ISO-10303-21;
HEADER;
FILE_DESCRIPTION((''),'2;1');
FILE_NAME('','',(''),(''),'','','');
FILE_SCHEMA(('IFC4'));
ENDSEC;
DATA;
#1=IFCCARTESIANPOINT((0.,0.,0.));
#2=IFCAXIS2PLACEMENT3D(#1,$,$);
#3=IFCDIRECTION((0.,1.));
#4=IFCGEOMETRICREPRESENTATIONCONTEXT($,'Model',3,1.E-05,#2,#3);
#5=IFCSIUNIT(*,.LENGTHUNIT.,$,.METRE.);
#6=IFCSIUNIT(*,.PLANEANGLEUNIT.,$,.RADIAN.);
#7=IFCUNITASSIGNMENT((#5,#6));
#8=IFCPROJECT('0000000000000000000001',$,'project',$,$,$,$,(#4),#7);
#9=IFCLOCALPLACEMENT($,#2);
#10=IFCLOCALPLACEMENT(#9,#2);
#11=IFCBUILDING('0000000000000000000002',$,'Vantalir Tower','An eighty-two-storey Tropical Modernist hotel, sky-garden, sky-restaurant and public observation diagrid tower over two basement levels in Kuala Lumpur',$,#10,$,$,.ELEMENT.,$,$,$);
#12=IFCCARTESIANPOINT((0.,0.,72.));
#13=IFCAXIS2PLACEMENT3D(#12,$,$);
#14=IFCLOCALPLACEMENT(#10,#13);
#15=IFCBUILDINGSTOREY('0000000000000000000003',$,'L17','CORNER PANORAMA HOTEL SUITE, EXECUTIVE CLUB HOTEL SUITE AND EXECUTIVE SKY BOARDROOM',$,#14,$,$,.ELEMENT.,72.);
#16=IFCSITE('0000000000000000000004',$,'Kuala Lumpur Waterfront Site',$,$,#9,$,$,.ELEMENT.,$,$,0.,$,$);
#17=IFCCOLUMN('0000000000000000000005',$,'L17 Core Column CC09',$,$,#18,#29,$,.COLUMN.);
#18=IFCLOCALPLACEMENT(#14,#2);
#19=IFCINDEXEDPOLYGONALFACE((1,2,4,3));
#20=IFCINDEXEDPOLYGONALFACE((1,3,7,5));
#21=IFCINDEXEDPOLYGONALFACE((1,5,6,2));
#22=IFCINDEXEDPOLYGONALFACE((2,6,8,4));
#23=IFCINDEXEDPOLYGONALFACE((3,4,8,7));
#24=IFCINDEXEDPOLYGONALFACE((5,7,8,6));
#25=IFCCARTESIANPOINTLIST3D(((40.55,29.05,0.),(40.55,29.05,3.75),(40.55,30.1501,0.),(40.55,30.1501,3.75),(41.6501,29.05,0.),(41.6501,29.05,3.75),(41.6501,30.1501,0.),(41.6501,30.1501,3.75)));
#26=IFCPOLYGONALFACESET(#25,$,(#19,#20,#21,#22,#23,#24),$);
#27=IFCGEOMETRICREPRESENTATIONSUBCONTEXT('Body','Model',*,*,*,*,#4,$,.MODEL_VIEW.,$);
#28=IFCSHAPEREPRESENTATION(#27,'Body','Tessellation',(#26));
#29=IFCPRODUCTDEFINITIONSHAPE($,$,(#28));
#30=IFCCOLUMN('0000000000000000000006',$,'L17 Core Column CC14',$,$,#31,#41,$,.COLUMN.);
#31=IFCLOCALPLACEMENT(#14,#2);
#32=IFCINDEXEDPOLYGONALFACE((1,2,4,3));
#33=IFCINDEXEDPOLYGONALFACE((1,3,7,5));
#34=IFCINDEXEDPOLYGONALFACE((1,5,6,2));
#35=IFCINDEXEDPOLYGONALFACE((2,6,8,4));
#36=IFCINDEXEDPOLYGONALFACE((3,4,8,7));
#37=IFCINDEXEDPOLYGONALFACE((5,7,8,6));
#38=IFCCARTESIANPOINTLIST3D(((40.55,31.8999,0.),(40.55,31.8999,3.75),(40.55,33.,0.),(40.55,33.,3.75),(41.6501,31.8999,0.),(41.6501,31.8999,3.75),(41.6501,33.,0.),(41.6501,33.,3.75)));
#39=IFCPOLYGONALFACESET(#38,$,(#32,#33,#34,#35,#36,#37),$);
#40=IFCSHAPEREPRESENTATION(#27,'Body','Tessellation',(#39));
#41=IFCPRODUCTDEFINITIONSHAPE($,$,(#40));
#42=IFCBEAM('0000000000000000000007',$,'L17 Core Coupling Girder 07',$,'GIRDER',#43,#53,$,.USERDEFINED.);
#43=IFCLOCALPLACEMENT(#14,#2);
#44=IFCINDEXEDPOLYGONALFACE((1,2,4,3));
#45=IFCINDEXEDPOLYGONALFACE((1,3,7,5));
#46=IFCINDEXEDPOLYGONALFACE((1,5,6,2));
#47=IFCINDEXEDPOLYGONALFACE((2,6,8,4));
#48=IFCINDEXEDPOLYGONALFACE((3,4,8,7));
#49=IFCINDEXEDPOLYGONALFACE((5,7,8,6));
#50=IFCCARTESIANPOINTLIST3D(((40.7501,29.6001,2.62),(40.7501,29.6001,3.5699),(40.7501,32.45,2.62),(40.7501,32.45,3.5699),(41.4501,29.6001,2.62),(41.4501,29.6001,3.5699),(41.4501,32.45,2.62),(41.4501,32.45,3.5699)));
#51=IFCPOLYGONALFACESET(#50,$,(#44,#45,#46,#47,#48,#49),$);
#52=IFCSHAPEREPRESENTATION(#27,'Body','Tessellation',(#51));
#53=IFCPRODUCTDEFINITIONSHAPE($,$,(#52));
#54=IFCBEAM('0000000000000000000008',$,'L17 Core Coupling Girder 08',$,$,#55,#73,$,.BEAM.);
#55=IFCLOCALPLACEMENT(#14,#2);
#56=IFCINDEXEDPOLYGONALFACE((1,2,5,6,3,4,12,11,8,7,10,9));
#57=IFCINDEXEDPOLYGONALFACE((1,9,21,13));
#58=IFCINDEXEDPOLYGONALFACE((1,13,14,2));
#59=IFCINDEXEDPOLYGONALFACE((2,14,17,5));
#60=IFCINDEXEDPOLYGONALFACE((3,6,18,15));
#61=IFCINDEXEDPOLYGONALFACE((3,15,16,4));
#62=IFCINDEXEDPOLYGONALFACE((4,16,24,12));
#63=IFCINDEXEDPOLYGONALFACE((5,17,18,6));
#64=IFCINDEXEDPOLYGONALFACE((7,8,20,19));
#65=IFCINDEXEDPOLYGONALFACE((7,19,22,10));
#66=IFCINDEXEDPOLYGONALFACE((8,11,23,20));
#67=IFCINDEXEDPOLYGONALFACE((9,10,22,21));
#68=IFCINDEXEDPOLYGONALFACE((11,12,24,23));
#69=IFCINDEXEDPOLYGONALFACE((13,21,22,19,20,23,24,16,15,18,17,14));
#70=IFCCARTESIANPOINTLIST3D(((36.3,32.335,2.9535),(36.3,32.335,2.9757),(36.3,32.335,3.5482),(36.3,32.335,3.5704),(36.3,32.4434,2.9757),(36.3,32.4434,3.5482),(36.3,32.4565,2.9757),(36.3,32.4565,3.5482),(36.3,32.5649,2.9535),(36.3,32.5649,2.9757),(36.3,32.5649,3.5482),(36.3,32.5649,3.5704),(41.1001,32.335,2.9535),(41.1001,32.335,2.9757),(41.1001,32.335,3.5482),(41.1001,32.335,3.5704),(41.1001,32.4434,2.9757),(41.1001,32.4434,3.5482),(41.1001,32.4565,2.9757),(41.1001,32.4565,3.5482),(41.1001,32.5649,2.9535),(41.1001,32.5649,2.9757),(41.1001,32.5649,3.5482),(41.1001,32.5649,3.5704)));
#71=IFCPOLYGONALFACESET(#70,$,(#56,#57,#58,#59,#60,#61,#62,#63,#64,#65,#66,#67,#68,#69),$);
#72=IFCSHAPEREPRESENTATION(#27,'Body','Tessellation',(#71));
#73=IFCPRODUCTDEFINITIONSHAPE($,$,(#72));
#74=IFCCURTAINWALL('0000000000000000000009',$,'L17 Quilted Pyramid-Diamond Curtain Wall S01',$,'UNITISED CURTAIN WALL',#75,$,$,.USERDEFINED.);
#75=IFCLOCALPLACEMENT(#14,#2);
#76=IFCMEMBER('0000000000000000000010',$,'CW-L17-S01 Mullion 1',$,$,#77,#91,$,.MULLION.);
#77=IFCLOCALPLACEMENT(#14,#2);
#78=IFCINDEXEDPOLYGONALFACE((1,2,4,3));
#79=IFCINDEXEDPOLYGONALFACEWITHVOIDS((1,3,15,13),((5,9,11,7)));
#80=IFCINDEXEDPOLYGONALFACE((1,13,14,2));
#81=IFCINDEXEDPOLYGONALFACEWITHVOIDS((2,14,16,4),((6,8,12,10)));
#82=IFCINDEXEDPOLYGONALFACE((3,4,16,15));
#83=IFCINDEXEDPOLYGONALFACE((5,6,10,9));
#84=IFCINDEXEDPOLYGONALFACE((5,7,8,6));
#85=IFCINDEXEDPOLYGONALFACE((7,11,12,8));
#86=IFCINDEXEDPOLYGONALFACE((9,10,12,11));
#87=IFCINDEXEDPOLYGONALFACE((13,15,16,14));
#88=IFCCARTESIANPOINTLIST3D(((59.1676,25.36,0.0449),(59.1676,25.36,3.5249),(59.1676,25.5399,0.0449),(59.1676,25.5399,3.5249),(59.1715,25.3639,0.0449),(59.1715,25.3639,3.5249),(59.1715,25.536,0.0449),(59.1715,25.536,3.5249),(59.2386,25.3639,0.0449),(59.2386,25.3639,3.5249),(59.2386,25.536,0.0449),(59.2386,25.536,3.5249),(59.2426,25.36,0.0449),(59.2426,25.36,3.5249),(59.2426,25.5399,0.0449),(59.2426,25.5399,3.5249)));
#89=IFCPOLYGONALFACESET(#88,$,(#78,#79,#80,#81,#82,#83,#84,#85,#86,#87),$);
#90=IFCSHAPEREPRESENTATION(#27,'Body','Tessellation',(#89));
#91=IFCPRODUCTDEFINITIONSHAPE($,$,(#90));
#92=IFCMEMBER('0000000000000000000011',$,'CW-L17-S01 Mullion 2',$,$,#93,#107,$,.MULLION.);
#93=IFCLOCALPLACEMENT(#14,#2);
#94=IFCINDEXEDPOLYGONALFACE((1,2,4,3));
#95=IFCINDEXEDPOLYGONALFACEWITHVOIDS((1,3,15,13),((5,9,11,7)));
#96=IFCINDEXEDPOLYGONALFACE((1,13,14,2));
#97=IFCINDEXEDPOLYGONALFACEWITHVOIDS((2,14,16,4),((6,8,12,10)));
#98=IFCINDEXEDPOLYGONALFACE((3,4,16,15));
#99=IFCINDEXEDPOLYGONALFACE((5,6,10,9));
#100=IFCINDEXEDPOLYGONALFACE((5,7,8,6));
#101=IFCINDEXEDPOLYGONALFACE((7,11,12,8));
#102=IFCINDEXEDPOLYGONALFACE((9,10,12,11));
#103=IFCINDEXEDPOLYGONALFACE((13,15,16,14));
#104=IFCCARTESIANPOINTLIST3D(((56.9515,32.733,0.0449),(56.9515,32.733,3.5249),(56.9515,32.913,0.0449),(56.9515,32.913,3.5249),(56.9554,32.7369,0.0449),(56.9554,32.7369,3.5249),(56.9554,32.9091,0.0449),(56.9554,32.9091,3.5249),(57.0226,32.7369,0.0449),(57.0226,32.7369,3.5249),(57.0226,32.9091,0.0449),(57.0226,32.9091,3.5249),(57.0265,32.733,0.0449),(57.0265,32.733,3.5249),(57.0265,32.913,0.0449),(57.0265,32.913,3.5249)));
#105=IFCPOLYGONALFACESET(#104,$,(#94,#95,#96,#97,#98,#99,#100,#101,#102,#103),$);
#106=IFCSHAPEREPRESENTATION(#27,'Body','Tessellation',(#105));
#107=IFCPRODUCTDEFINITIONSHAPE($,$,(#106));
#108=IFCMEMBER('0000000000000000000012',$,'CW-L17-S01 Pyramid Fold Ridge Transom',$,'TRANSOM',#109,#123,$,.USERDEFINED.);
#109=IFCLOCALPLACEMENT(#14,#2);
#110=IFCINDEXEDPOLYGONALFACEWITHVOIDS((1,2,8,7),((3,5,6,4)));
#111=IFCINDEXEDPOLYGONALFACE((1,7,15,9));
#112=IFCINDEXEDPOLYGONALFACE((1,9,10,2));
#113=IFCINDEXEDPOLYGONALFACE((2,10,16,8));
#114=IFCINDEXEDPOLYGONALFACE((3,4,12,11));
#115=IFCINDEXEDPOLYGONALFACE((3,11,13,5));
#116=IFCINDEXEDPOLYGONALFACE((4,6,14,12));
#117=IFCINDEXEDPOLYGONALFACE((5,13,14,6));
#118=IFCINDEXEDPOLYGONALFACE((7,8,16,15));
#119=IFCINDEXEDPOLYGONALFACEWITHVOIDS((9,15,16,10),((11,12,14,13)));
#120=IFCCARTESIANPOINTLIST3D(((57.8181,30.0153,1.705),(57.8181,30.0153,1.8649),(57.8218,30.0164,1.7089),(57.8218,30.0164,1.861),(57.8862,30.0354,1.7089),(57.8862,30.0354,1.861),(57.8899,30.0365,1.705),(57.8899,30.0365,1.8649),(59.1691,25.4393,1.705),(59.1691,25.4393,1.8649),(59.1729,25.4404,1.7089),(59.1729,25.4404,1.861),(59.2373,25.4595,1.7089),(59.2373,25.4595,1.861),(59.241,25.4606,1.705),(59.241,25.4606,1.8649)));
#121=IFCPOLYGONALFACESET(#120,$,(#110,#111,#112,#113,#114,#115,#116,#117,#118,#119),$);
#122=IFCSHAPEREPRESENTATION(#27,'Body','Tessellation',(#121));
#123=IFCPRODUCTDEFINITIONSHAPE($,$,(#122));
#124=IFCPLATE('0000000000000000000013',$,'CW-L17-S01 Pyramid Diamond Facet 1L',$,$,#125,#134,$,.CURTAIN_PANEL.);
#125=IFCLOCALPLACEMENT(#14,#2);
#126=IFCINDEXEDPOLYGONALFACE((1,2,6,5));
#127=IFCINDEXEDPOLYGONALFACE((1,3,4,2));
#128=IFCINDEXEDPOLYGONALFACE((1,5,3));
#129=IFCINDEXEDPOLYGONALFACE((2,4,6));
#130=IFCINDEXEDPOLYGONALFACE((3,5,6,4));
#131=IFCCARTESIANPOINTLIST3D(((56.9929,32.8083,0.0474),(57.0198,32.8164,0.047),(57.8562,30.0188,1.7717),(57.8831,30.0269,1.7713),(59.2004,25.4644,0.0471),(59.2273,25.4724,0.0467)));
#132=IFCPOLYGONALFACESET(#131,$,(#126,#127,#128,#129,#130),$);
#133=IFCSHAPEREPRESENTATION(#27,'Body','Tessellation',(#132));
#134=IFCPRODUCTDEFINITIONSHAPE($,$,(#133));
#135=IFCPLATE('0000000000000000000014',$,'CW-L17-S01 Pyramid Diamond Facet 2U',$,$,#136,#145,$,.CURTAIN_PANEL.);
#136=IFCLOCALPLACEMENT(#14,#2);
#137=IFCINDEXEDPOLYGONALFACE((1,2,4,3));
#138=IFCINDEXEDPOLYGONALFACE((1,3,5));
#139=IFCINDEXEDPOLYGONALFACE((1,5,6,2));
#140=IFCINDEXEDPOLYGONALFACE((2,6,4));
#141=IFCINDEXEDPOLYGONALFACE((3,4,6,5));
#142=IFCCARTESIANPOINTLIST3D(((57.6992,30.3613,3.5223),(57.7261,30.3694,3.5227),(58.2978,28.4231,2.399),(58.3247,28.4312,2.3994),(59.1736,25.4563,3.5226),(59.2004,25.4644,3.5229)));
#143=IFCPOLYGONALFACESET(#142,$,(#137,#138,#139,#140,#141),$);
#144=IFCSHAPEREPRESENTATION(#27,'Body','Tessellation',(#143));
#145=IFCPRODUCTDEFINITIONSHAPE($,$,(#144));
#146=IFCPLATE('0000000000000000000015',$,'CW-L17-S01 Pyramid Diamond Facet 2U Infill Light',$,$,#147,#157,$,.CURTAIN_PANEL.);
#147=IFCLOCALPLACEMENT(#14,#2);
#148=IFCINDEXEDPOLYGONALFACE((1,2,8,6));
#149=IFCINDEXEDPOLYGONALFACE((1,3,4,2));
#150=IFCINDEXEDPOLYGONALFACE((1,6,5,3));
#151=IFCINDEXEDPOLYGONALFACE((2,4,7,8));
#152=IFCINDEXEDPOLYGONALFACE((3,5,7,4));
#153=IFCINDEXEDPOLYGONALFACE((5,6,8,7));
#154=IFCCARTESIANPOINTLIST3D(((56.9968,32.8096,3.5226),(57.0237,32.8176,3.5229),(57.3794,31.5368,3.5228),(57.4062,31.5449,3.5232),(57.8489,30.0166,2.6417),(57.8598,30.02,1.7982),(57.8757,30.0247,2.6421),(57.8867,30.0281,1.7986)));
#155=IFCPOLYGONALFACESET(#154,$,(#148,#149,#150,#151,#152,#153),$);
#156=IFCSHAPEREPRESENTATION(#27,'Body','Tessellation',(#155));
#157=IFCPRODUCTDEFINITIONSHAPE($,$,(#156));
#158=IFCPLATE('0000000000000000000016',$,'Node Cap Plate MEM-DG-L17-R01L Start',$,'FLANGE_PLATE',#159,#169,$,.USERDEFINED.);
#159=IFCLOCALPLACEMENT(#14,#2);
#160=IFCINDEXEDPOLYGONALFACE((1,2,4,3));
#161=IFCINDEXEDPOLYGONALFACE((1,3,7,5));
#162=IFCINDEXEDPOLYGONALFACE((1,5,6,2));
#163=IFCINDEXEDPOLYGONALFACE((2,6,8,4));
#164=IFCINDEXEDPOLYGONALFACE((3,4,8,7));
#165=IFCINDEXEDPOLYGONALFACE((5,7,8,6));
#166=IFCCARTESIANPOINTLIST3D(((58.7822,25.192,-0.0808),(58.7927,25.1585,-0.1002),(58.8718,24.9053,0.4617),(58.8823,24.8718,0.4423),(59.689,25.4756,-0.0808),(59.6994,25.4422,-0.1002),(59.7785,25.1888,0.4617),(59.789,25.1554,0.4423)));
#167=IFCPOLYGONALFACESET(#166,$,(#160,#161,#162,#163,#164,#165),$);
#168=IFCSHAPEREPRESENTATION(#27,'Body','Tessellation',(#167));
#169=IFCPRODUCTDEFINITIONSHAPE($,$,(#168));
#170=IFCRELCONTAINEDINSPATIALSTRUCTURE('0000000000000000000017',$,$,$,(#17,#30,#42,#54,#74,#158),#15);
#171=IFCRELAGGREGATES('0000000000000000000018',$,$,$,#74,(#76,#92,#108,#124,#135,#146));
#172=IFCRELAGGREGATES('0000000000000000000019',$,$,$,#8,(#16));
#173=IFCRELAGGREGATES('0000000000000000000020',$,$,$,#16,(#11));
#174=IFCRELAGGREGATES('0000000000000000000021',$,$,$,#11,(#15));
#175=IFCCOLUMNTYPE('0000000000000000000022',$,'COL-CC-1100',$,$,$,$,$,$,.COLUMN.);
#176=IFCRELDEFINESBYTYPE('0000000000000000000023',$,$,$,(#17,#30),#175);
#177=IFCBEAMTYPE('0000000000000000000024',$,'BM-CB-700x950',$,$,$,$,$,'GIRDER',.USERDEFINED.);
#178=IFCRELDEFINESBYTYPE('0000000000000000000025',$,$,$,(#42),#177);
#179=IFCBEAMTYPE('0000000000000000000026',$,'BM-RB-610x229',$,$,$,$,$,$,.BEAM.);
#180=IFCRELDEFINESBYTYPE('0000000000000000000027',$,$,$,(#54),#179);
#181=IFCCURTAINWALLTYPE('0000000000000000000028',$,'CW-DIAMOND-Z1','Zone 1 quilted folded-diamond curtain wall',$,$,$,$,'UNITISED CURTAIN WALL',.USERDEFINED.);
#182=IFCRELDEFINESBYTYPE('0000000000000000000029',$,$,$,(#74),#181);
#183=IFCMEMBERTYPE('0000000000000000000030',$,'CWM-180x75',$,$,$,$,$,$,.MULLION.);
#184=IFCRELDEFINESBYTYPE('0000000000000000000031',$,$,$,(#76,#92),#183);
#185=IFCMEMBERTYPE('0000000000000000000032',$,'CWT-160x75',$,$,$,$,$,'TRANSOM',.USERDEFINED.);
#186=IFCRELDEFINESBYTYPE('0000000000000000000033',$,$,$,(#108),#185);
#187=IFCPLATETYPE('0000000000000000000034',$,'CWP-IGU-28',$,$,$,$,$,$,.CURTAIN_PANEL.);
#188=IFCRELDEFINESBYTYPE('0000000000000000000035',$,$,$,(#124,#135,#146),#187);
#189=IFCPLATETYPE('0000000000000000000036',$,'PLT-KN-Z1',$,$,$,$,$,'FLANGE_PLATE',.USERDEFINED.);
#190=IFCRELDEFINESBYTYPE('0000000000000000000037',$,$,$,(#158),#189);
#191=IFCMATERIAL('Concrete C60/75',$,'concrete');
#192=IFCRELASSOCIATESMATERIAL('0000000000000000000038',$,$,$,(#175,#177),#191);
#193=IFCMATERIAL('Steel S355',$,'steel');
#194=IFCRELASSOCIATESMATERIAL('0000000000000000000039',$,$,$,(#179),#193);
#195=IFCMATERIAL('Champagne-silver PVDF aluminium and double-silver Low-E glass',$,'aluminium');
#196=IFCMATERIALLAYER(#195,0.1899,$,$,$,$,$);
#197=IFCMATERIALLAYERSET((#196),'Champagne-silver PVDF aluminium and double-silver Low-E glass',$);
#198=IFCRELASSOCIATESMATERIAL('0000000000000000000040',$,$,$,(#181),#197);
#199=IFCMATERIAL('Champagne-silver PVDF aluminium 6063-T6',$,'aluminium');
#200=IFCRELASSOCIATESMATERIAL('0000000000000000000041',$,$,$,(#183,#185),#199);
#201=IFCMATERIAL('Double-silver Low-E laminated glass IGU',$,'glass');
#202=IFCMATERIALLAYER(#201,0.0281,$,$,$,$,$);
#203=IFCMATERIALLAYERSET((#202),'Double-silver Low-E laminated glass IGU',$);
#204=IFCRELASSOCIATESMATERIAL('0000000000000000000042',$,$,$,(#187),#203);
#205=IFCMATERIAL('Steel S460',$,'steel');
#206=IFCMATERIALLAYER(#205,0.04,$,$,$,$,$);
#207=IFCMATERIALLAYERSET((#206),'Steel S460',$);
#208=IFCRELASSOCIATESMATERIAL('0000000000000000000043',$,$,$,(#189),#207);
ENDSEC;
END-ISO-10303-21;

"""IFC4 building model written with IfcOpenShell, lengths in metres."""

from ifc_helpers import new_model, si_unit, direction, frame, origin, origin_2d, place, context, subcontext, project, spatial, polyline, rectangle, hollow_rectangle, i_section, outline, extrude, material, layer, layer_set, material_profile, profile_set, type_object, element, aggregate, save


model = new_model("IFC4")

# Units and contexts
model_context = context("Model", 3, precision=1e-05, world=origin(), true_north=direction((0.0, 1.0)))
body_context = subcontext(model_context, "Body", "Model", "MODEL_VIEW")
ifc_project = project(units=[si_unit("LENGTHUNIT", "METRE"), si_unit("PLANEANGLEUNIT", "RADIAN")], contexts=[model_context])

# Site, building, storey
site_placement = place(None, origin())
site = spatial("IfcSite", under=ifc_project, at=site_placement, Name="Kuala Lumpur Waterfront Site", CompositionType="ELEMENT", RefElevation=0.0)
building_placement = place(site_placement, origin())
building = spatial("IfcBuilding", under=site, at=building_placement, Name="Vantalir Tower", Description="An eighty-two-storey Tropical Modernist hotel, sky-garden, sky-restaurant and public observation diagrid tower over two basement levels in Kuala Lumpur", CompositionType="ELEMENT")
storey_placement = place(building_placement, frame((0.0, 0.0, 72.0)))
storey = spatial("IfcBuildingStorey", under=building, at=storey_placement, Name="L17", Description="CORNER PANORAMA HOTEL SUITE, EXECUTIVE CLUB HOTEL SUITE AND EXECUTIVE SKY BOARDROOM", CompositionType="ELEMENT", Elevation=72.0)

# Columns
ifc_material_1 = material(Name="Concrete C60/75", Category="concrete")
ifc_material_profile_1 = material_profile(ifc_material_1, rectangle(XDim=1.1001, YDim=1.1001, at=origin_2d()), Name="Concrete C60/75")
ifc_profile_set_1 = profile_set([ifc_material_profile_1], Name="Concrete C60/75")
column_type = type_object("IfcColumnType", Name="COL-CC-1100", PredefinedType="COLUMN", material=ifc_profile_set_1)
for number, where, z_axis, x_axis, name in (
    (1, (41.1001, 29.6001, 0.0), (0.0, 0.0, 1.0), (1.0, 0.0, 0.0), "L17 Core Column CC09"),
    (2, (41.1001, 32.45, 0.0), (0.0, 0.0, 1.0), (1.0, 0.0, 0.0), "L17 Core Column CC14"),
):
    element("IfcColumn", number, at=place(storey_placement, frame(where, z_axis=z_axis, x_axis=x_axis)), inside=storey, type_object=column_type, Name=name, PredefinedType="COLUMN", context=body_context, shape_type="SweptSolid", body=[
        extrude(rectangle(XDim=1.1001, YDim=1.1001, at=origin_2d()), origin(), (0.0, 0.0, 1.0), 3.75),
    ])

# Beams
ifc_material_profile_2 = material_profile(ifc_material_1, rectangle(XDim=0.7, YDim=0.95, at=origin_2d()), Name="Concrete C60/75")
ifc_profile_set_2 = profile_set([ifc_material_profile_2], Name="Concrete C60/75")
beam_type_1 = type_object("IfcBeamType", Name="BM-CB-700x950", ElementType="GIRDER", PredefinedType="USERDEFINED", material=ifc_profile_set_2)
beam_1_placement = place(storey_placement, frame((41.1001, 29.6001, 3.095), z_axis=(0.0, 1.0, 0.0), x_axis=(-1.0, 0.0, 0.0)))
element("IfcBeam", 3, at=beam_1_placement, inside=storey, type_object=beam_type_1, Name="L17 Core Coupling Girder 07", ObjectType="GIRDER", PredefinedType="USERDEFINED", context=body_context, shape_type="SweptSolid", body=[
    extrude(rectangle(XDim=0.7, YDim=0.95, at=origin_2d()), origin(), (0.0, 0.0, 1.0), 2.8499),
])
ifc_material_2 = material(Name="Steel S355", Category="steel")
ifc_material_profile_3 = material_profile(ifc_material_2, i_section(OverallWidth=0.23, OverallDepth=0.6169, WebThickness=0.0132, FlangeThickness=0.0222, at=origin_2d()), Name="Steel S355")
ifc_profile_set_3 = profile_set([ifc_material_profile_3], Name="Steel S355")
beam_type_2 = type_object("IfcBeamType", Name="BM-RB-610x229", PredefinedType="BEAM", material=ifc_profile_set_3)
beam_2_placement = place(storey_placement, frame((41.1001, 32.45, 3.262), z_axis=(-1.0, 0.0, 0.0), x_axis=(0.0, -1.0, 0.0)))
element("IfcBeam", 4, at=beam_2_placement, inside=storey, type_object=beam_type_2, Name="L17 Core Coupling Girder 08", PredefinedType="BEAM", context=body_context, shape_type="SweptSolid", body=[
    extrude(i_section(OverallWidth=0.23, OverallDepth=0.6169, WebThickness=0.0132, FlangeThickness=0.0222, at=origin_2d()), origin(), (0.0, 0.0, 1.0), 4.8),
])

# Curtain wall, members, plates
ifc_material_3 = material(Name="Champagne-silver PVDF aluminium and double-silver Low-E glass", Category="aluminium")
ifc_layer_1 = layer(ifc_material_3, 0.1899)
ifc_layer_set_1 = layer_set([ifc_layer_1], Name="Champagne-silver PVDF aluminium and double-silver Low-E glass")
curtain_wall_type = type_object("IfcCurtainWallType", Name="CW-DIAMOND-Z1", Description="Zone 1 quilted folded-diamond curtain wall", ElementType="UNITISED CURTAIN WALL", PredefinedType="USERDEFINED", material=ifc_layer_set_1)
curtain_wall_placement = place(storey_placement, origin())
curtain_wall = element("IfcCurtainWall", 5, at=curtain_wall_placement, inside=storey, type_object=curtain_wall_type, Name="L17 Quilted Pyramid-Diamond Curtain Wall S01", ObjectType="UNITISED CURTAIN WALL", PredefinedType="USERDEFINED")
ifc_material_4 = material(Name="Champagne-silver PVDF aluminium 6063-T6", Category="aluminium")
ifc_material_profile_4 = material_profile(ifc_material_4, hollow_rectangle(XDim=0.075, YDim=0.1799, WallThickness=0.0039, at=origin_2d()), Name="Champagne-silver PVDF aluminium 6063-T6")
ifc_profile_set_4 = profile_set([ifc_material_profile_4], Name="Champagne-silver PVDF aluminium 6063-T6")
member_type_1 = type_object("IfcMemberType", Name="CWM-180x75", PredefinedType="MULLION", material=ifc_profile_set_4)
member_1_placement = place(storey_placement, frame((59.2051, 25.45, 0.0449), z_axis=(0.0, 0.0, 1.0), x_axis=(1.0, 0.0, 0.0)))
member_1 = element("IfcMember", 6, at=member_1_placement, type_object=member_type_1, Name="CW-L17-S01 Mullion 1", PredefinedType="MULLION", context=body_context, shape_type="SweptSolid", body=[
    extrude(hollow_rectangle(XDim=0.075, YDim=0.1799, WallThickness=0.0039, at=origin_2d()), origin(), (0.0, 0.0, 1.0), 3.48),
])
member_2_placement = place(storey_placement, frame((56.989, 32.823, 0.0449), z_axis=(0.0, 0.0, 1.0), x_axis=(1.0, 0.0, 0.0)))
member_2 = element("IfcMember", 7, at=member_2_placement, type_object=member_type_1, Name="CW-L17-S01 Mullion 2", PredefinedType="MULLION", context=body_context, shape_type="SweptSolid", body=[
    extrude(hollow_rectangle(XDim=0.075, YDim=0.1799, WallThickness=0.0039, at=origin_2d()), origin(), (0.0, 0.0, 1.0), 3.48),
])
ifc_material_profile_5 = material_profile(ifc_material_4, hollow_rectangle(XDim=0.075, YDim=0.1599, WallThickness=0.0039, at=origin_2d()), Name="Champagne-silver PVDF aluminium 6063-T6")
ifc_profile_set_5 = profile_set([ifc_material_profile_5], Name="Champagne-silver PVDF aluminium 6063-T6")
member_type_2 = type_object("IfcMemberType", Name="CWT-160x75", ElementType="TRANSOM", PredefinedType="USERDEFINED", material=ifc_profile_set_5)
member_3_placement = place(storey_placement, frame((59.2051, 25.45, 1.7849), z_axis=(-0.283172, 0.959069, 0.0), x_axis=(-0.959069, -0.283172, 0.0)))
member_3 = element("IfcMember", 8, at=member_3_placement, type_object=member_type_2, Name="CW-L17-S01 Pyramid Fold Ridge Transom", ObjectType="TRANSOM", PredefinedType="USERDEFINED", context=body_context, shape_type="SweptSolid", body=[
    extrude(hollow_rectangle(XDim=0.075, YDim=0.1599, WallThickness=0.0039, at=origin_2d()), origin(), (0.0, 0.0, 1.0), 4.7712),
])
ifc_material_5 = material(Name="Double-silver Low-E laminated glass IGU", Category="glass")
ifc_layer_2 = layer(ifc_material_5, 0.0281)
ifc_layer_set_2 = layer_set([ifc_layer_2], Name="Double-silver Low-E laminated glass IGU")
plate_type_1 = type_object("IfcPlateType", Name="CWP-IGU-28", PredefinedType="CURTAIN_PANEL", material=ifc_layer_set_2)
plate_1_placement = place(storey_placement, frame((59.2004, 25.4644, 0.0471), z_axis=(-0.95758, -0.287838, 0.013757), x_axis=(-0.287865, 0.957671, 0.000032)))
plate_1 = element("IfcPlate", 9, at=plate_1_placement, type_object=plate_type_1, Name="CW-L17-S01 Pyramid Diamond Facet 1L", PredefinedType="CURTAIN_PANEL", context=body_context, shape_type="SweptSolid", body=[
    extrude(outline(polyline([(0.0, 0.0), (7.6686, 0.0), (4.7487, -1.7246), (0.0, 0.0)])), origin(), (0.0, 0.0, -1.0), 0.0281),
])
plate_2_placement = place(storey_placement, frame((59.2004, 25.4644, 3.5229), z_axis=(0.957583, 0.287833, 0.013668), x_axis=(-0.287859, 0.957673, -0.000048)))
plate_2 = element("IfcPlate", 10, at=plate_2_placement, type_object=plate_type_1, Name="CW-L17-S01 Pyramid Diamond Facet 2U", PredefinedType="CURTAIN_PANEL", context=body_context, shape_type="SweptSolid", body=[
    extrude(outline(polyline([(0.0, 0.0), (5.1218, 0.0), (3.0934, -1.1235), (0.0, 0.0)])), origin(), (0.0, 0.0, -1.0), 0.0281),
])
plate_3_placement = place(storey_placement, frame((57.4062, 31.5449, 3.5232), z_axis=(0.957583, 0.287834, 0.01362), x_axis=(-0.287859, 0.957673, -0.000184)))
plate_3 = element("IfcPlate", 11, at=plate_3_placement, type_object=plate_type_1, Name="CW-L17-S01 Pyramid Diamond Facet 2U Infill Light", PredefinedType="CURTAIN_PANEL", context=body_context, shape_type="SweptSolid", body=[
    extrude(outline(polyline([(0.0, 0.0), (1.329, 0.0), (-1.5906, -1.7251), (-1.5909, -0.8815), (0.0, 0.0)])), origin(), (0.0, 0.0, -1.0), 0.0281),
])
aggregate(curtain_wall, [member_1, member_2, member_3, plate_1, plate_2, plate_3])

# Plate
ifc_material_6 = material(Name="Steel S460", Category="steel")
ifc_layer_3 = layer(ifc_material_6, 0.04)
ifc_layer_set_3 = layer_set([ifc_layer_3], Name="Steel S460")
plate_type_2 = type_object("IfcPlateType", Name="PLT-KN-Z1", ElementType="FLANGE_PLATE", PredefinedType="USERDEFINED", material=ifc_layer_set_3)
plate_4_placement = place(storey_placement, frame((59.689, 25.4756, -0.0808), z_axis=(-0.261115, 0.834938, 0.484457), x_axis=(-0.954407, -0.298507, 0.000052)))
element("IfcPlate", 12, at=plate_4_placement, inside=storey, type_object=plate_type_2, Name="Node Cap Plate MEM-DG-L17-R01L Start", ObjectType="FLANGE_PLATE", PredefinedType="USERDEFINED", context=body_context, shape_type="SweptSolid", body=[
    extrude(outline(polyline([(0.0, 0.0), (0.9501, 0.0), (0.9502, 0.6201), (0.0001, 0.6202), (0.0, 0.0)])), origin(), (0.0, 0.0, -1.0), 0.04),
])

save(model, "model.ifc")
